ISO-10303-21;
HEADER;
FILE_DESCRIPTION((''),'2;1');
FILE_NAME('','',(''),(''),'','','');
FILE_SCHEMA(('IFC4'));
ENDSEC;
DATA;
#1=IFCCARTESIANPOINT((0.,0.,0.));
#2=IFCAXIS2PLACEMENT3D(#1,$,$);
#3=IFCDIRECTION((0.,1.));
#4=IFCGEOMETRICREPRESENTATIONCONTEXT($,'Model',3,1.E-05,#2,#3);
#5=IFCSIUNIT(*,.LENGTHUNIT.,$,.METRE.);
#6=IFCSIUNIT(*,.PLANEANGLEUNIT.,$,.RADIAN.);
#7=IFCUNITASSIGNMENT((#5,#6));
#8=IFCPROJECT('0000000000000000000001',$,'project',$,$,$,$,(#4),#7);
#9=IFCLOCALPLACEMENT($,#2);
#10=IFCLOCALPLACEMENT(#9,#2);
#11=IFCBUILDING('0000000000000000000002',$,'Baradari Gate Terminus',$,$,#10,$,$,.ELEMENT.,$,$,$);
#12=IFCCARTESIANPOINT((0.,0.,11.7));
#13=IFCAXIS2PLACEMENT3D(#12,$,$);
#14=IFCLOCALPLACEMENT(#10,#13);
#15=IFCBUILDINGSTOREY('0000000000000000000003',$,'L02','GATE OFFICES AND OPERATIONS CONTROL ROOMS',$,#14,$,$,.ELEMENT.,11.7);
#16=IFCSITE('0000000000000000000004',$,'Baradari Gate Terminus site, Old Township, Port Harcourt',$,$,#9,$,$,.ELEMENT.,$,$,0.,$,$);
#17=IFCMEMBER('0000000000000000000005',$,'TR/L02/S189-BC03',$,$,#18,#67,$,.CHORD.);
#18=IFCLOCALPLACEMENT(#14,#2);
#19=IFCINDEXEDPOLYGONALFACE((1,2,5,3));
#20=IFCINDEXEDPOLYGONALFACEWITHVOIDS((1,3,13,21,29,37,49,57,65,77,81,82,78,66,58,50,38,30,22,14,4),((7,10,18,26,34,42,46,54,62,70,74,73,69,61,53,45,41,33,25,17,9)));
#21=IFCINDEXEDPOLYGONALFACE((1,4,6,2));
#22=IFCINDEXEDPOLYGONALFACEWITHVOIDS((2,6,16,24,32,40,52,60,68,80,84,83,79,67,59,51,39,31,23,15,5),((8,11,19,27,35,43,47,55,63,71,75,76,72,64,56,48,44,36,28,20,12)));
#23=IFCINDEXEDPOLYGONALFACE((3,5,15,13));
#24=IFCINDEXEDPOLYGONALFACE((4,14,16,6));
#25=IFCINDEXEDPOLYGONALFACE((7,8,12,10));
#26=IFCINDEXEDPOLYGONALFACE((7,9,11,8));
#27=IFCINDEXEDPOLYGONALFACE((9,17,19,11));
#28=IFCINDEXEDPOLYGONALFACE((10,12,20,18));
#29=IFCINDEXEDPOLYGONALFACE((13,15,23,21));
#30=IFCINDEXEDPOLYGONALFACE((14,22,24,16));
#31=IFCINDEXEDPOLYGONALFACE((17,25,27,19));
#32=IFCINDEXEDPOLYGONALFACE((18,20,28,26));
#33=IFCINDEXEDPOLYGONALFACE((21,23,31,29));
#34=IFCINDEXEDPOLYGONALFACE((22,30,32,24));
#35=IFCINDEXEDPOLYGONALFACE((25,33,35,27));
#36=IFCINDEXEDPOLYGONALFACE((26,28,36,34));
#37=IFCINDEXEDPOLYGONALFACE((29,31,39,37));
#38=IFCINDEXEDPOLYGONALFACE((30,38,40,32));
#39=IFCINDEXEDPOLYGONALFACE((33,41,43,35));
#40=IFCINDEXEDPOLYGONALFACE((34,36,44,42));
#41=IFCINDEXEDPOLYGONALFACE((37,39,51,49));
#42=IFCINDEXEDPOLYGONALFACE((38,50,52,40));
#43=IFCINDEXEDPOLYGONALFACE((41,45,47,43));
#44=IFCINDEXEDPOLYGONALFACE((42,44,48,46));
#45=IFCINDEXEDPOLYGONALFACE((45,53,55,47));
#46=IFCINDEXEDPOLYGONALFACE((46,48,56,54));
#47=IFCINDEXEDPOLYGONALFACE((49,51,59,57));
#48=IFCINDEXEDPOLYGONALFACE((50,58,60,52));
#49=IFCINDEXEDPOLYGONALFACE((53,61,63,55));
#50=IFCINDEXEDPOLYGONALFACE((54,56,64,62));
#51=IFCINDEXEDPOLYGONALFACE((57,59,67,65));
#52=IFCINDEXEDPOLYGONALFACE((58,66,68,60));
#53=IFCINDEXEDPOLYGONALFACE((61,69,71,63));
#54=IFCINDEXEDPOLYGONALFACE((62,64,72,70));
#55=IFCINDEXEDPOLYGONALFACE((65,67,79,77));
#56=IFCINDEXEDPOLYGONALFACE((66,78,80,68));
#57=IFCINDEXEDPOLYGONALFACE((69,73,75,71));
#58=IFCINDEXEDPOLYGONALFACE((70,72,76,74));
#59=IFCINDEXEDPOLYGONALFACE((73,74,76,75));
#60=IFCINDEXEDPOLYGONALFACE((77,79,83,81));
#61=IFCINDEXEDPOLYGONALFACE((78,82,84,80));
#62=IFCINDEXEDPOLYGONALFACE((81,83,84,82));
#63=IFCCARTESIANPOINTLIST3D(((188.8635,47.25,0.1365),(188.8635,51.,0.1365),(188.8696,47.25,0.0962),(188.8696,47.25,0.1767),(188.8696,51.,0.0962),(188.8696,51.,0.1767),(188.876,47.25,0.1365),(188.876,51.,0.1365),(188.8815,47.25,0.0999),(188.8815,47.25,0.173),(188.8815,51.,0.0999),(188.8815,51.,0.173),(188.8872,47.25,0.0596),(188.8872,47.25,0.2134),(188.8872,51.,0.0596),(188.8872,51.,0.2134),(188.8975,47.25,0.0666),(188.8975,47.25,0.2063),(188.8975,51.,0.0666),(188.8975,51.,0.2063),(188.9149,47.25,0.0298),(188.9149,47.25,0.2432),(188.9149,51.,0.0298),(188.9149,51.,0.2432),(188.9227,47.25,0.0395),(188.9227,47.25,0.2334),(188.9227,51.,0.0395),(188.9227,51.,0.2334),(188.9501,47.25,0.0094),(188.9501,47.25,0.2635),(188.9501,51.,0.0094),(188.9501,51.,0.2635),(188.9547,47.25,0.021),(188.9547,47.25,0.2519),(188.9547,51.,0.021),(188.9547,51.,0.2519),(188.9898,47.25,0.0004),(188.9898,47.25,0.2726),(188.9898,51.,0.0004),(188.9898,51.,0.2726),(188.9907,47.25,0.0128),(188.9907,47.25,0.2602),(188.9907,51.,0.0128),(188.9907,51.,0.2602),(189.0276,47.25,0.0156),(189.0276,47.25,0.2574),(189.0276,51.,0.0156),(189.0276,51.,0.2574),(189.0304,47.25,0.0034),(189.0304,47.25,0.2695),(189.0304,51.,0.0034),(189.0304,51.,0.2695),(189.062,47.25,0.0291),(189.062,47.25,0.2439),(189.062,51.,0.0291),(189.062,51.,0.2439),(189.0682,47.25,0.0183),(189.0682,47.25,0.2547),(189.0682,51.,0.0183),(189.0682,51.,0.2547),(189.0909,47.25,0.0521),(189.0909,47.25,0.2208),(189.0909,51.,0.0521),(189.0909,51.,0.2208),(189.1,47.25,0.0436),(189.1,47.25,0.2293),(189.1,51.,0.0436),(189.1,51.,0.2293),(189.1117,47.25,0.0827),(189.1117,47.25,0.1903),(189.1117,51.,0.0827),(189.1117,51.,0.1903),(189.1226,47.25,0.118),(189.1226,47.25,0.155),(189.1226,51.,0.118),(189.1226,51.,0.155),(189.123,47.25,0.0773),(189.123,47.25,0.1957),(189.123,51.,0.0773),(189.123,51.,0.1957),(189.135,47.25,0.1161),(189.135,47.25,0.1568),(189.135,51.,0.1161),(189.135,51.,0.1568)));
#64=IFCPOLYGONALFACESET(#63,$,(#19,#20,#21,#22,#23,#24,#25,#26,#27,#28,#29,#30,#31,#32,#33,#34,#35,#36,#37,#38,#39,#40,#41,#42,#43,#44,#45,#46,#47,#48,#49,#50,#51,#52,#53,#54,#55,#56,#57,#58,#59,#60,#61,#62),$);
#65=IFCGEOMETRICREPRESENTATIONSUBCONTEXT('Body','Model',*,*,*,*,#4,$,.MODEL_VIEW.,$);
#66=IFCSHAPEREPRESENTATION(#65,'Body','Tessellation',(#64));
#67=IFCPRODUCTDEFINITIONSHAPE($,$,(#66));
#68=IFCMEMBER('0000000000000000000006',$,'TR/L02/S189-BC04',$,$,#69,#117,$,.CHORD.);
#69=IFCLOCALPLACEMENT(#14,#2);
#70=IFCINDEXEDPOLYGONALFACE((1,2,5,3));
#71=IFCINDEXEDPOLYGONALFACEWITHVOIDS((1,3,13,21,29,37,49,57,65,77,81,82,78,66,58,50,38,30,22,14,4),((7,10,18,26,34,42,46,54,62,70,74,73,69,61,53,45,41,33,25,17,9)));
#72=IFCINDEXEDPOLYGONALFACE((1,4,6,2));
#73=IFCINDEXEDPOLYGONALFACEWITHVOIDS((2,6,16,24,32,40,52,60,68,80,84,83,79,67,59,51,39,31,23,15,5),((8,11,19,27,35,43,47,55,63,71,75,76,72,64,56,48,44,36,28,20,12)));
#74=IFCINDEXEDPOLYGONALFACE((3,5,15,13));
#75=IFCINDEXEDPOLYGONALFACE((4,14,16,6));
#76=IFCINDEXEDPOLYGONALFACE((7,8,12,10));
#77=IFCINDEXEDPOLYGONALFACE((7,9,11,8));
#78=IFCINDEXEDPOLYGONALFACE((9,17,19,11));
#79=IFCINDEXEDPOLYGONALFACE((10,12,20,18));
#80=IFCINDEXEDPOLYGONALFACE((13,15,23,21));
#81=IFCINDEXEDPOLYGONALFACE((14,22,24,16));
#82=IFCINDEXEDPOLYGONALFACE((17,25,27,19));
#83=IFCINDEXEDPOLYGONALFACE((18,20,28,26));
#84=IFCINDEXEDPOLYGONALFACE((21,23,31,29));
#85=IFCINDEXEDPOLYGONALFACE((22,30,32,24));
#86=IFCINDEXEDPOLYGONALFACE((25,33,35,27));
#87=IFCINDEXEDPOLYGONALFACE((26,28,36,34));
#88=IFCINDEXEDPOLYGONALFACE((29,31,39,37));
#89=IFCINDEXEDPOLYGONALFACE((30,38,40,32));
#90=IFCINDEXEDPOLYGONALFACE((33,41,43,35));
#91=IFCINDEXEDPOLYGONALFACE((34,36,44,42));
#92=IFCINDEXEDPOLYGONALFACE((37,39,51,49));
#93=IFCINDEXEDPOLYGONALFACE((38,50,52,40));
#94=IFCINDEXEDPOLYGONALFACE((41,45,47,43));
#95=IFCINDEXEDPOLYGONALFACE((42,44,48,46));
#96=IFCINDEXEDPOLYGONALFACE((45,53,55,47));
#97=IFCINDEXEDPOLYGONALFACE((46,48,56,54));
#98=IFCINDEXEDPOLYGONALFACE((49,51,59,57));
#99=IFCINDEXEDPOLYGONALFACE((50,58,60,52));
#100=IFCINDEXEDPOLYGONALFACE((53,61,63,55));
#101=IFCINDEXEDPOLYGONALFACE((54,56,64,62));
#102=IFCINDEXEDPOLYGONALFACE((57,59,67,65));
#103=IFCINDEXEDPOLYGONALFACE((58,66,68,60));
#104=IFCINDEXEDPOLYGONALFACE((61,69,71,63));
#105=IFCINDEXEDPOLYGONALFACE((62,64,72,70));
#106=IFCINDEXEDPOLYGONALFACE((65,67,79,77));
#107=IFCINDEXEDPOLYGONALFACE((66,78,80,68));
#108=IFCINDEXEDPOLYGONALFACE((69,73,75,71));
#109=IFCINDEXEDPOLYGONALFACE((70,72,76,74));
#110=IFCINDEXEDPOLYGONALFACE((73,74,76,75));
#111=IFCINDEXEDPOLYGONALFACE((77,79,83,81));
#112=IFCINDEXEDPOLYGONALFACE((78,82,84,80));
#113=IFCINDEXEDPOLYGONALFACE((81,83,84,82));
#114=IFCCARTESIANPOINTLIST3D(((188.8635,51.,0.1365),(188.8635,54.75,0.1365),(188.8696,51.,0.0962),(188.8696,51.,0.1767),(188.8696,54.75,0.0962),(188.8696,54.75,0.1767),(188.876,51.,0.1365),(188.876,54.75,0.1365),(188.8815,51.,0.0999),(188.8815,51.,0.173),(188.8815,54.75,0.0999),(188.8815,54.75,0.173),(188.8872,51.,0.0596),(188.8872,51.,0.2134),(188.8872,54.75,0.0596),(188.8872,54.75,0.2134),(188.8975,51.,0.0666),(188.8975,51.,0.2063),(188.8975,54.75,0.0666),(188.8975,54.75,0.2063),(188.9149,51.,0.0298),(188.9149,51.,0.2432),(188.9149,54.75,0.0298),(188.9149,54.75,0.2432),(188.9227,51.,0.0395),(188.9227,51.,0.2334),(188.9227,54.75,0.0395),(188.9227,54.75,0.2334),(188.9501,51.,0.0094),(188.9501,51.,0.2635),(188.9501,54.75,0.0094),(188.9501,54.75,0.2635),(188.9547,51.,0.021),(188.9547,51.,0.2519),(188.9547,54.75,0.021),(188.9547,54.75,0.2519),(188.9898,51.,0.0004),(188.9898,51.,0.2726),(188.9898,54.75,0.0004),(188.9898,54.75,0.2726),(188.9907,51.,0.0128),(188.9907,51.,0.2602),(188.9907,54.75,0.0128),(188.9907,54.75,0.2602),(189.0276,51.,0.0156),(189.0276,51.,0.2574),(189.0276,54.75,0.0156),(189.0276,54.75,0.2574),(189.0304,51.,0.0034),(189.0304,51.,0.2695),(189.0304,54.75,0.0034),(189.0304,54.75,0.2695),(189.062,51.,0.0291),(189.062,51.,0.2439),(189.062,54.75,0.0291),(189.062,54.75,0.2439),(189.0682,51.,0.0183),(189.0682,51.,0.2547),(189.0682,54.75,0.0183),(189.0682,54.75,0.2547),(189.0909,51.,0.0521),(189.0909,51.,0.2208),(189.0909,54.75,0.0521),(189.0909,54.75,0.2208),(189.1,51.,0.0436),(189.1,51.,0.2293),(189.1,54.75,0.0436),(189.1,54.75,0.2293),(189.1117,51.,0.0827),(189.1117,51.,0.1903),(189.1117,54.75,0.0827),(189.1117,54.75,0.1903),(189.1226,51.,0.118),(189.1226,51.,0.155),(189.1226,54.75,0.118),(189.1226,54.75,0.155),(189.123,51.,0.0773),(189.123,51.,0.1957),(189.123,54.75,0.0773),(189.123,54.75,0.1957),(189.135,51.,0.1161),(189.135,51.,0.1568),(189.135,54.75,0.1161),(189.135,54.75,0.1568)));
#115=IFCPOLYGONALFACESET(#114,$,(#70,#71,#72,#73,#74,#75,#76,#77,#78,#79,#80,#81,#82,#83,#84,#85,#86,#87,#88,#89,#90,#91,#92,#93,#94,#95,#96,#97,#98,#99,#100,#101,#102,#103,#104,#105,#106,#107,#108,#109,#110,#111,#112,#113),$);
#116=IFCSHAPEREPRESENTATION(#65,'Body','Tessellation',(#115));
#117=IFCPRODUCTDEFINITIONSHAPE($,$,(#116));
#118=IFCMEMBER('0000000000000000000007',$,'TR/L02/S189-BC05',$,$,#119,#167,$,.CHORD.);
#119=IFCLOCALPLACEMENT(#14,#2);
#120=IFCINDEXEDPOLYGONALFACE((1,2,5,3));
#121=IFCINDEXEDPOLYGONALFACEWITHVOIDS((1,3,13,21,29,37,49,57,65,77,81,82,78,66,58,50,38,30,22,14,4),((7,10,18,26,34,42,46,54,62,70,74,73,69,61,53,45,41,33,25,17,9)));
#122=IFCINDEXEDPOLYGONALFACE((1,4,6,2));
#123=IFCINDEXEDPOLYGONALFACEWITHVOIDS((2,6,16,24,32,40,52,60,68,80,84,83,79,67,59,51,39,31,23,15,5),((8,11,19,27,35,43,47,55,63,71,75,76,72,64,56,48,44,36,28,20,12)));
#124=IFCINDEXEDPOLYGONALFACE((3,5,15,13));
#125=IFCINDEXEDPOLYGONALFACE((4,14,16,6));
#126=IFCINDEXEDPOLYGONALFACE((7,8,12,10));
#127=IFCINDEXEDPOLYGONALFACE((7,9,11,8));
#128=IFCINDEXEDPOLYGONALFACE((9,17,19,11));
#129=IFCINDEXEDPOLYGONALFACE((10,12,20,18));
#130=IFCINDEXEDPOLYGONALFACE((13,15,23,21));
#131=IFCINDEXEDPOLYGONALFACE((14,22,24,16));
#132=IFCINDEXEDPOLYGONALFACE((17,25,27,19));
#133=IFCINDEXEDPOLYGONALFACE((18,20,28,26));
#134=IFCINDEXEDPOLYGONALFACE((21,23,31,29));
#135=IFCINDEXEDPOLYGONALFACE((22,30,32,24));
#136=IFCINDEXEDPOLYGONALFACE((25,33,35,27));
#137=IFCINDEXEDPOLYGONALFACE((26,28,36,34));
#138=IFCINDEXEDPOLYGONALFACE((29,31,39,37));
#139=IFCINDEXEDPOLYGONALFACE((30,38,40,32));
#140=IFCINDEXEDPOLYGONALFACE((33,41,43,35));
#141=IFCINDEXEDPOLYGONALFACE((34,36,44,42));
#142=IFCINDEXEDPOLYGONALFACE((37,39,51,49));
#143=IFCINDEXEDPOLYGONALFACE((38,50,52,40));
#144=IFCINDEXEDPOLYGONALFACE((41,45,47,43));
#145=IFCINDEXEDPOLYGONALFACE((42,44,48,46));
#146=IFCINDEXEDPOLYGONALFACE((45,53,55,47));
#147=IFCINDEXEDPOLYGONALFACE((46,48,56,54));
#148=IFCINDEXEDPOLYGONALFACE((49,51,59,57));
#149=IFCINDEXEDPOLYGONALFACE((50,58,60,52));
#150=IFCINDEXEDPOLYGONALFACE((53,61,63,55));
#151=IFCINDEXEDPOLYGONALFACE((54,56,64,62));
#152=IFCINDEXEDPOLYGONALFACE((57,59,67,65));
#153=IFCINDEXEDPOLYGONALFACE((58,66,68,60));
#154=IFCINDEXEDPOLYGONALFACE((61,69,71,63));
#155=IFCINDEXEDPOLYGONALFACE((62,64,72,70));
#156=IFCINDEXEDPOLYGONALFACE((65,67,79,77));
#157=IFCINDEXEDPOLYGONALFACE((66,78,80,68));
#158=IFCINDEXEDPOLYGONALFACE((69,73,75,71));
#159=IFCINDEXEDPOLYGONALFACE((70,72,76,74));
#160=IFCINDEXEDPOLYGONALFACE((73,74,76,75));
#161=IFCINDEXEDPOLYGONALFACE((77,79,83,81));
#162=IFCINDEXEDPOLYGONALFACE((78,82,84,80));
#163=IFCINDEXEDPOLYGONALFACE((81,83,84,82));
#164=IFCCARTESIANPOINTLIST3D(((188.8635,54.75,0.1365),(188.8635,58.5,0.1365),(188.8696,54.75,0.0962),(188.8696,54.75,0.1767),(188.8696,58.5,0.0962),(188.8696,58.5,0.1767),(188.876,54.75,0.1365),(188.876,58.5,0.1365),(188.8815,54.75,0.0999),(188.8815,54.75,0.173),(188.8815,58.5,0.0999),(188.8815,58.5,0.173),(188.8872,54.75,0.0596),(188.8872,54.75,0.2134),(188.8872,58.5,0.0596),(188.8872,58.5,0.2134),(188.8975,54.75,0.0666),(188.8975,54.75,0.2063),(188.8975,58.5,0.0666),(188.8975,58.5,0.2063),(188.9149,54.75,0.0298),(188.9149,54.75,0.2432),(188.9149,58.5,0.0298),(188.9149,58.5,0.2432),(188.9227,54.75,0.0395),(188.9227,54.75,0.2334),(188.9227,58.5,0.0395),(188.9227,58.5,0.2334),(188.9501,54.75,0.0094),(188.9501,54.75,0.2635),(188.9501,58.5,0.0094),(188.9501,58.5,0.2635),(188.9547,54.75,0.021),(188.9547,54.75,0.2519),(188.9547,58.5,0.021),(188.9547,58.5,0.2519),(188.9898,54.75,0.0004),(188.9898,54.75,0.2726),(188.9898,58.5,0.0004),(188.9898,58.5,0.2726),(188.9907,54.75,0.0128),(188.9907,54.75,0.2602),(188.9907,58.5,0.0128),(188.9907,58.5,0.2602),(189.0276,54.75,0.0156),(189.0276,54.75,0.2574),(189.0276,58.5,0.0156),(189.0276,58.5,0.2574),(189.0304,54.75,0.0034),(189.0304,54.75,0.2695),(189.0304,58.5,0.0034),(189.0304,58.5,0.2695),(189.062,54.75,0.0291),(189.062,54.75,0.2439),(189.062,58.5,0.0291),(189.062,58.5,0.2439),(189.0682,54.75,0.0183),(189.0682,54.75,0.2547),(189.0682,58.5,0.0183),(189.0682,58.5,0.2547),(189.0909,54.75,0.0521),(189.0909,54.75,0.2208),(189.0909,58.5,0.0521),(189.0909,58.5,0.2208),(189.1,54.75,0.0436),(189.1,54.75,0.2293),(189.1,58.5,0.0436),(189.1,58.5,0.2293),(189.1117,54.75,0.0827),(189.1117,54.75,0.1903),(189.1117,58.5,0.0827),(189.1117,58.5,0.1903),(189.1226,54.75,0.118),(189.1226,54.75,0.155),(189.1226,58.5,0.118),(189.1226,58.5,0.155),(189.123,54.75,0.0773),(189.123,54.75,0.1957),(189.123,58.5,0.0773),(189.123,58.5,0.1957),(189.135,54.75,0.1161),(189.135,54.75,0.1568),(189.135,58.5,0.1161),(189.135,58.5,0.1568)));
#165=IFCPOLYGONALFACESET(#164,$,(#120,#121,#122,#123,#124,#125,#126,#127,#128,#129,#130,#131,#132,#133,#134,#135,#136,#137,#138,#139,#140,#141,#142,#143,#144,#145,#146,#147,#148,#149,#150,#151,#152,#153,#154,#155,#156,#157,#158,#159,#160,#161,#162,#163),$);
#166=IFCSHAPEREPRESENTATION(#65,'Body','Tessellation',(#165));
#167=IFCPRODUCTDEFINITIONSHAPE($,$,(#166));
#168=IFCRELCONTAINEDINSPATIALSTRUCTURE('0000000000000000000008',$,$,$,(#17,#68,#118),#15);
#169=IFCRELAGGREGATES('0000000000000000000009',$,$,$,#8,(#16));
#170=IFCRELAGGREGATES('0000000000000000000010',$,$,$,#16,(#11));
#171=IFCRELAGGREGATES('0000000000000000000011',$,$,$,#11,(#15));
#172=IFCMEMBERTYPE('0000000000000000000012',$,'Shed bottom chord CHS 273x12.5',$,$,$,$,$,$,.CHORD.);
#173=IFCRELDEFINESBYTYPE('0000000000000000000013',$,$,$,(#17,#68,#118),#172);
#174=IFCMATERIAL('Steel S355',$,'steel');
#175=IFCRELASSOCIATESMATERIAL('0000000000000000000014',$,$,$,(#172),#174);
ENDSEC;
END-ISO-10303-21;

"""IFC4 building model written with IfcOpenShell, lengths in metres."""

from ifc_helpers import new_model, si_unit, direction, frame, origin, origin_2d, place, context, subcontext, project, spatial, hollow_circle, extrude, material, material_profile, profile_set, type_object, element, save


model = new_model("IFC4")

# Units and contexts
model_context = context("Model", 3, precision=1e-05, world=origin(), true_north=direction((0.0, 1.0)))
body_context = subcontext(model_context, "Body", "Model", "MODEL_VIEW")
ifc_project = project(units=[si_unit("LENGTHUNIT", "METRE"), si_unit("PLANEANGLEUNIT", "RADIAN")], contexts=[model_context])

# Site, building, storey
site_placement = place(None, origin())
site = spatial("IfcSite", under=ifc_project, at=site_placement, Name="Baradari Gate Terminus site, Old Township, Port Harcourt", CompositionType="ELEMENT", RefElevation=0.0)
building_placement = place(site_placement, origin())
building = spatial("IfcBuilding", under=site, at=building_placement, Name="Baradari Gate Terminus", CompositionType="ELEMENT")
storey_placement = place(building_placement, frame((0.0, 0.0, 11.7)))
storey = spatial("IfcBuildingStorey", under=building, at=storey_placement, Name="L02", Description="GATE OFFICES AND OPERATIONS CONTROL ROOMS", CompositionType="ELEMENT", Elevation=11.7)

# Members
ifc_material_1 = material(Name="Steel S355", Category="steel")
ifc_material_profile_1 = material_profile(ifc_material_1, hollow_circle(Radius=0.1365, WallThickness=0.0125, at=origin_2d()), Name="CHS 273x12.5")
ifc_profile_set_1 = profile_set([ifc_material_profile_1], Name="Steel S355")
member_type_1 = type_object("IfcMemberType", Name="Shed bottom chord CHS 273x12.5", PredefinedType="CHORD", material=ifc_profile_set_1)
for number, where, z_axis, x_axis, name in (
    (1, (189.0, 47.25, 0.1365), (0.0, 1.0, 0.0), (-1.0, 0.0, 0.0), "TR/L02/S189-BC03"),
    (2, (189.0, 51.0, 0.1365), (0.0, 1.0, 0.0), (-1.0, 0.0, 0.0), "TR/L02/S189-BC04"),
    (3, (189.0, 54.75, 0.1365), (0.0, 1.0, 0.0), (-1.0, 0.0, 0.0), "TR/L02/S189-BC05"),
):
    element("IfcMember", number, at=place(storey_placement, frame(where, z_axis=z_axis, x_axis=x_axis)), inside=storey, type_object=member_type_1, Name=name, PredefinedType="CHORD", context=body_context, shape_type="SweptSolid", body=[
        extrude(hollow_circle(Radius=0.1365, WallThickness=0.0125, at=origin_2d()), origin(), (0.0, 0.0, 1.0), 3.75),
    ])

save(model, "model.ifc")
